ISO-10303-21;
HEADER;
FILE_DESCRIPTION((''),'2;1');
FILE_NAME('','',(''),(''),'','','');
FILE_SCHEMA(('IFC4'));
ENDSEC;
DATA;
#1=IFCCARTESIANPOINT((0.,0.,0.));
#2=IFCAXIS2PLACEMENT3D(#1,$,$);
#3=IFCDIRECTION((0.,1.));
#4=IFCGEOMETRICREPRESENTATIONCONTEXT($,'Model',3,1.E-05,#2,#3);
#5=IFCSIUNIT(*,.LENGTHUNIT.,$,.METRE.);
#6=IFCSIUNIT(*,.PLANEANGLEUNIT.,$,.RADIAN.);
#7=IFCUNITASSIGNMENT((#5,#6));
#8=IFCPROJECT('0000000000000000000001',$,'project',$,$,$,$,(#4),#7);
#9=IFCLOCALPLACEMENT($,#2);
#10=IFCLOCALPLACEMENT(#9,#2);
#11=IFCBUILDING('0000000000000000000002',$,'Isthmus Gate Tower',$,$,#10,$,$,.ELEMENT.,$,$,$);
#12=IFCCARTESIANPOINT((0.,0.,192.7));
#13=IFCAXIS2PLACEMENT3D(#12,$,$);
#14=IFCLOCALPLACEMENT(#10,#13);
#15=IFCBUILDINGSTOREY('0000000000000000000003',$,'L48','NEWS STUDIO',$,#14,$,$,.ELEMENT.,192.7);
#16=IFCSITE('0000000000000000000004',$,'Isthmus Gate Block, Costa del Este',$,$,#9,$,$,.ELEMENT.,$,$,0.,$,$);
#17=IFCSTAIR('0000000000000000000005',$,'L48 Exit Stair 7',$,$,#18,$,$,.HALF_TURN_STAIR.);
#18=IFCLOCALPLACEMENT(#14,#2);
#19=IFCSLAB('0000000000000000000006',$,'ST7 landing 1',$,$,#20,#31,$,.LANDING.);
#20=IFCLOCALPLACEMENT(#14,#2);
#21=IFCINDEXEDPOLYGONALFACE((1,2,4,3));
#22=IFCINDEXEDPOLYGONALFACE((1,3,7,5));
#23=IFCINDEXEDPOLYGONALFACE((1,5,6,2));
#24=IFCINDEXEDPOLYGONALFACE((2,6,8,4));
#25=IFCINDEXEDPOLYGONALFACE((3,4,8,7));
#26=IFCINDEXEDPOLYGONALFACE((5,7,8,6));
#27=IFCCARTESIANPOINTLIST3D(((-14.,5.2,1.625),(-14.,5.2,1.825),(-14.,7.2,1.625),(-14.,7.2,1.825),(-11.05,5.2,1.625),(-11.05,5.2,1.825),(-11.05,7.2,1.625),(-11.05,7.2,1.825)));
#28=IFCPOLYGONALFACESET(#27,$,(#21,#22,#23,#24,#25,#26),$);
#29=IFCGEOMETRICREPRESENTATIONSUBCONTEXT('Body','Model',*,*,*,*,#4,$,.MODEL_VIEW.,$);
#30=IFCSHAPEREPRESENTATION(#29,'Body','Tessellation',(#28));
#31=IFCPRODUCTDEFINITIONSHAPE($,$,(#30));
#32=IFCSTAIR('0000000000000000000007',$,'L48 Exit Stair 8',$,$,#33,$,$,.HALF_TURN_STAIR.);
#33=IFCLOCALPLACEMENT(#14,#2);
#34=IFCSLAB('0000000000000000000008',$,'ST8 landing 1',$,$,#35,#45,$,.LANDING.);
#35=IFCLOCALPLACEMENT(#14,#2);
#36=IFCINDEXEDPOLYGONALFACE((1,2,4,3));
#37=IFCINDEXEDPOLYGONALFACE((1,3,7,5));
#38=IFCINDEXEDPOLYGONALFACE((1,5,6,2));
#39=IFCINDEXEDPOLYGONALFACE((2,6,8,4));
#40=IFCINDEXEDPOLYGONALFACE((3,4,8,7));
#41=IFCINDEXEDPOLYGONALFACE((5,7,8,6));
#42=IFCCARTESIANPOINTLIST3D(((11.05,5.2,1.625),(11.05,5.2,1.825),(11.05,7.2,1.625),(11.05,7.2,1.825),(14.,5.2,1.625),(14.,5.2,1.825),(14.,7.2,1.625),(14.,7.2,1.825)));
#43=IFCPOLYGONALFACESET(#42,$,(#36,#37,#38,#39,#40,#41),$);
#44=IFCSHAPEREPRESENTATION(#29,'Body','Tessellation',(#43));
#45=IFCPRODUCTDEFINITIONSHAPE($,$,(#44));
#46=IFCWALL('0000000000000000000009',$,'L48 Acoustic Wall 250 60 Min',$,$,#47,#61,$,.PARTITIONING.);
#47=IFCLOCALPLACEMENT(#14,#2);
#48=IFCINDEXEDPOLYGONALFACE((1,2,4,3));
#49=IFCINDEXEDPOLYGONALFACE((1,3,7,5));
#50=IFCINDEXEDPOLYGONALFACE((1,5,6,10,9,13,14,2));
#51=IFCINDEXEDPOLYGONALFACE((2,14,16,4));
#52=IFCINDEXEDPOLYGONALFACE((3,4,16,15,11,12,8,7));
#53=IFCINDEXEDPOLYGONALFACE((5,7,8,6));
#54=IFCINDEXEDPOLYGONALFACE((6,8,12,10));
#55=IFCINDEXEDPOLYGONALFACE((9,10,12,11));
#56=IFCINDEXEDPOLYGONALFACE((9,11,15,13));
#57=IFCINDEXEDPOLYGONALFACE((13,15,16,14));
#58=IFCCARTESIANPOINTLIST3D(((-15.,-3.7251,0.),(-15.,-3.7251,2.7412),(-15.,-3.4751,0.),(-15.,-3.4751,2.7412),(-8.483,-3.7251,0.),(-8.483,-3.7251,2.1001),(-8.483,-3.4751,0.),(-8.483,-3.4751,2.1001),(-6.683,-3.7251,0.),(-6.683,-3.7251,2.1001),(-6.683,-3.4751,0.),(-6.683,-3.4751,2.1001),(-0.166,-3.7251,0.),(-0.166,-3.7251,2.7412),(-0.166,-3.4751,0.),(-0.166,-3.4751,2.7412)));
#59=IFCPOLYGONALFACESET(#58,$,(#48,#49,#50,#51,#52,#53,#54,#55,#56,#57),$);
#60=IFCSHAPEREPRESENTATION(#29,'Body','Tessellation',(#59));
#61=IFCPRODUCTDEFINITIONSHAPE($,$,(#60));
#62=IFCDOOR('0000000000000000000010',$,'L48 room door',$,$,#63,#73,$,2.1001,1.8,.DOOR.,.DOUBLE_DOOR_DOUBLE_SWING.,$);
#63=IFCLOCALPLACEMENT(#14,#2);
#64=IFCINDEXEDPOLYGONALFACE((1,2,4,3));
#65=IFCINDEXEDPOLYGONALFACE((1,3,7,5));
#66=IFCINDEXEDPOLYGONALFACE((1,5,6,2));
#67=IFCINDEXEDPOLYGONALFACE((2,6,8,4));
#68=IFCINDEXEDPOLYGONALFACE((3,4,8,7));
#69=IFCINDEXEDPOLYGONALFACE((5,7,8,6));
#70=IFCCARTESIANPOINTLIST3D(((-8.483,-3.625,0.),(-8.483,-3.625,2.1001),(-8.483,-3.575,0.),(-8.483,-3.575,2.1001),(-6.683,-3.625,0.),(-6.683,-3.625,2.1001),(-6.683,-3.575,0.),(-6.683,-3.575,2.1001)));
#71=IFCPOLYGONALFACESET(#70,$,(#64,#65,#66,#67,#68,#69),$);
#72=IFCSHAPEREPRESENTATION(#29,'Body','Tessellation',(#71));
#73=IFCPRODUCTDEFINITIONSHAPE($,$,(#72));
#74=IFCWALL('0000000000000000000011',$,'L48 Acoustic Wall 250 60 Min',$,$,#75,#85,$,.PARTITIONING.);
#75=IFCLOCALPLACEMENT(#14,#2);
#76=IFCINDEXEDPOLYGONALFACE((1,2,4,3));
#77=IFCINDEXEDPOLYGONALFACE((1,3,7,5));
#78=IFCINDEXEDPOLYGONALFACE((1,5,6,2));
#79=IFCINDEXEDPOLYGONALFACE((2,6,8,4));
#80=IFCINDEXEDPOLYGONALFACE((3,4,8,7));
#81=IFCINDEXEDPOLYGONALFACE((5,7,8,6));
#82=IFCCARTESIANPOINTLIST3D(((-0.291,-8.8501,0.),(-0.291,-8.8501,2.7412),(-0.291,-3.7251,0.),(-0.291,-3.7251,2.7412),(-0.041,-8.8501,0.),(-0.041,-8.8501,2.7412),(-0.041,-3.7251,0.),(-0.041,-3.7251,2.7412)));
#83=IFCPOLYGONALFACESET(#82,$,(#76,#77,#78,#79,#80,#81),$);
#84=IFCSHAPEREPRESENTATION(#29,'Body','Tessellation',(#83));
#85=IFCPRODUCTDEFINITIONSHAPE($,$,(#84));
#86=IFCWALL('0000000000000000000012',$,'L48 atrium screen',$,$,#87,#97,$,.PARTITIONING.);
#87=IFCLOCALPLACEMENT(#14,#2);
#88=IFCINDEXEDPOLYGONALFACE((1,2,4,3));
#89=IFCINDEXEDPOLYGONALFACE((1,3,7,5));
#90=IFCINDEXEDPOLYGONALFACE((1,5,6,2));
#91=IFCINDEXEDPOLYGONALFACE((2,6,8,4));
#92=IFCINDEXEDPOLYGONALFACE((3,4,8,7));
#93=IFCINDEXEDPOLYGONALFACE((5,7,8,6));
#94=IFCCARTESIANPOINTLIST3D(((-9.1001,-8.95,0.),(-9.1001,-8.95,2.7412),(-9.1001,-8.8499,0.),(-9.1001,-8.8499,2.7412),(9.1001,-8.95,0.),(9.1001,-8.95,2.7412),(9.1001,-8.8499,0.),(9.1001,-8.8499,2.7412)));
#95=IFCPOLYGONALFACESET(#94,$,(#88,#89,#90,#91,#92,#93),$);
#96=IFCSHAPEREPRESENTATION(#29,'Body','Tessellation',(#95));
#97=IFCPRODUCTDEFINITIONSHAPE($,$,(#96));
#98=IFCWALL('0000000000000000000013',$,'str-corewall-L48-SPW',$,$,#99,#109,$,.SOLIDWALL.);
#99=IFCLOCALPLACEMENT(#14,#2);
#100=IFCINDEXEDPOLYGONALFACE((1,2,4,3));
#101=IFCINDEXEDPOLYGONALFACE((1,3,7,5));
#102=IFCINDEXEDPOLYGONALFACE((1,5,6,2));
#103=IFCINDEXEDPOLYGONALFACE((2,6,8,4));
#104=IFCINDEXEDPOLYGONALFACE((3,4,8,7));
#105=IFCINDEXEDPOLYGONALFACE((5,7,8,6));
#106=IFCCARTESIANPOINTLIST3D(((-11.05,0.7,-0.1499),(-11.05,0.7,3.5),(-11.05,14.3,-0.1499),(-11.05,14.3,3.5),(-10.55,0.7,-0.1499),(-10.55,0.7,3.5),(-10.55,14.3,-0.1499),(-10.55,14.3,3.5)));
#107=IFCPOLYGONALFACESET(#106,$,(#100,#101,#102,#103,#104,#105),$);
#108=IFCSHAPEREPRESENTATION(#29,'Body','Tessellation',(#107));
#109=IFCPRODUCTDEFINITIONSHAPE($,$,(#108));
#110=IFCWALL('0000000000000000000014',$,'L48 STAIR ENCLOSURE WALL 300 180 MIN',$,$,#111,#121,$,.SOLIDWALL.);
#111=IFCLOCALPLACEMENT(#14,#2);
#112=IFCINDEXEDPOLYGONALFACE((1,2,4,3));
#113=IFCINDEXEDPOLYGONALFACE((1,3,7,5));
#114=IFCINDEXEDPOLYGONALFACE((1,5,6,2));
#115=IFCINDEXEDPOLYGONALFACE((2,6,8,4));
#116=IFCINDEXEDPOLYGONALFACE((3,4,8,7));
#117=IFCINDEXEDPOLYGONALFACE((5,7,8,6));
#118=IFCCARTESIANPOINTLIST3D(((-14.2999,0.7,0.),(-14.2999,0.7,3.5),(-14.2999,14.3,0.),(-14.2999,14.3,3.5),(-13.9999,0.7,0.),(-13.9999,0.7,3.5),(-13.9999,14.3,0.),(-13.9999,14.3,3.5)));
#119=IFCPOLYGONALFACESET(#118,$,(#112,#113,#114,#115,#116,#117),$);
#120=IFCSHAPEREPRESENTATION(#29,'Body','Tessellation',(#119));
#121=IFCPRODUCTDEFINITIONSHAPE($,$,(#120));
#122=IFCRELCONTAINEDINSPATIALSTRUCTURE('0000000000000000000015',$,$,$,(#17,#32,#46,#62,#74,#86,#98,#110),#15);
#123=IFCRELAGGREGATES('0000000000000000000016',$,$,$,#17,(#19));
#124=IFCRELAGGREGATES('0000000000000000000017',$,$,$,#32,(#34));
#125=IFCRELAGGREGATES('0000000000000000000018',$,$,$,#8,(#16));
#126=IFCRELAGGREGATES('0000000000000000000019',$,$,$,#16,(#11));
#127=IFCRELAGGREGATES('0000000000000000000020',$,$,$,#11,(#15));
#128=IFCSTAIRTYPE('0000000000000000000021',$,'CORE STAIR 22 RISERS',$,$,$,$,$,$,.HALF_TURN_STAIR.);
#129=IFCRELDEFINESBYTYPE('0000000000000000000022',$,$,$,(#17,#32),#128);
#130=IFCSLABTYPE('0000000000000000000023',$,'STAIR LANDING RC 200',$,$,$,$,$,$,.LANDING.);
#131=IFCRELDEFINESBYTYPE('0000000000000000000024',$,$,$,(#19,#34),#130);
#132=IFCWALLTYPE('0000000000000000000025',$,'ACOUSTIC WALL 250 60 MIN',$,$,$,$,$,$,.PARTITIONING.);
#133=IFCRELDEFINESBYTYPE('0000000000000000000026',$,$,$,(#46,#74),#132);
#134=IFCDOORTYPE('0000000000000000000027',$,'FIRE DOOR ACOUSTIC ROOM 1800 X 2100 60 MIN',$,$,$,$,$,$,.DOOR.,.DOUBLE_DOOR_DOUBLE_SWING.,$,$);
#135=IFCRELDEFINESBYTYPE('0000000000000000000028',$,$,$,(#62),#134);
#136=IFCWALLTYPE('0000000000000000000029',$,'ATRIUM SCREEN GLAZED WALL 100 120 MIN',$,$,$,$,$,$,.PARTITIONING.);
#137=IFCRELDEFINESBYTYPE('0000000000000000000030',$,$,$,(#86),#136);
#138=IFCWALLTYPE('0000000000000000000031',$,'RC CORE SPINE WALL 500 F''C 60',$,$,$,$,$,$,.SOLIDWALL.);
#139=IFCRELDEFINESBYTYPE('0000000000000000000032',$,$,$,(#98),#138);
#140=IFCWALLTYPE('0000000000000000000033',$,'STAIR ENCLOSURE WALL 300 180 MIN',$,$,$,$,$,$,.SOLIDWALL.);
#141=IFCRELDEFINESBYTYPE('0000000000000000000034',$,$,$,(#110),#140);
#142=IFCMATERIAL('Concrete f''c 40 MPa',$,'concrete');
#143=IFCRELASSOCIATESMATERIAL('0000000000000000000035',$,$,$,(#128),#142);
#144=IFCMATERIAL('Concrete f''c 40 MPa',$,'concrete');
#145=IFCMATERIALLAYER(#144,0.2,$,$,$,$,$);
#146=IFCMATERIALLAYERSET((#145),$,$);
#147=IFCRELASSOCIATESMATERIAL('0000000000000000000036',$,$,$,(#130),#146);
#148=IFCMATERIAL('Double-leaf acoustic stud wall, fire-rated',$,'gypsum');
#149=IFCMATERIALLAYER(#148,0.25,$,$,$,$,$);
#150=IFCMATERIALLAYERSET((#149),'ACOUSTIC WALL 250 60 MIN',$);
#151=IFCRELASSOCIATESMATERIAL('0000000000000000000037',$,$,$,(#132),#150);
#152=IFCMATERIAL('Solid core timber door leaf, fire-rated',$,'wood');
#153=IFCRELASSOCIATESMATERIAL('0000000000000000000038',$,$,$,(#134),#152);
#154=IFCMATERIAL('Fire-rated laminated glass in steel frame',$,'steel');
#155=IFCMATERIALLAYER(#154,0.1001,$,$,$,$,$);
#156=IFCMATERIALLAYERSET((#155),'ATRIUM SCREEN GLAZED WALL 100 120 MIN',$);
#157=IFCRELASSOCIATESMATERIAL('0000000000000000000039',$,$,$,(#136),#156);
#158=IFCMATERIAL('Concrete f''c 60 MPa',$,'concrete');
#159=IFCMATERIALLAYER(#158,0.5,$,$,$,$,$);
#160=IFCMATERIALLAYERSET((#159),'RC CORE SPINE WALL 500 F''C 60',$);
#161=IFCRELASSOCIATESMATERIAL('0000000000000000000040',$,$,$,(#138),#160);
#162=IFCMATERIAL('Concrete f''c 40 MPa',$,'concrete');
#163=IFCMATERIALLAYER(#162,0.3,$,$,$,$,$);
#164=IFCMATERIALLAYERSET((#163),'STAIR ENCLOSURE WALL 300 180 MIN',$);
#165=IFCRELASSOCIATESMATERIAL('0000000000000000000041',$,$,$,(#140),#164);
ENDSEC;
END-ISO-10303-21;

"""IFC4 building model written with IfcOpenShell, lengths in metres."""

from ifc_helpers import new_model, si_unit, direction, frame, frame_2d, origin, place, context, subcontext, project, spatial, polyline, rectangle, outline, extrude, material, layer, layer_set, type_object, element, fill, aggregate, save


model = new_model("IFC4")

# Units and contexts
model_context = context("Model", 3, precision=1e-05, world=origin(), true_north=direction((0.0, 1.0)))
body_context = subcontext(model_context, "Body", "Model", "MODEL_VIEW")
ifc_project = project(units=[si_unit("LENGTHUNIT", "METRE"), si_unit("PLANEANGLEUNIT", "RADIAN")], contexts=[model_context])

# Site, building, storey
site_placement = place(None, origin())
site = spatial("IfcSite", under=ifc_project, at=site_placement, Name="Isthmus Gate Block, Costa del Este", CompositionType="ELEMENT", RefElevation=0.0)
building_placement = place(site_placement, origin())
building = spatial("IfcBuilding", under=site, at=building_placement, Name="Isthmus Gate Tower", CompositionType="ELEMENT")
storey_placement = place(building_placement, frame((0.0, 0.0, 192.7)))
storey = spatial("IfcBuildingStorey", under=building, at=storey_placement, Name="L48", Description="NEWS STUDIO", CompositionType="ELEMENT", Elevation=192.7)

# Stairs, slabs
ifc_material_1 = material(Name="Concrete f'c 40 MPa", Category="concrete")
stair_type = type_object("IfcStairType", Name="CORE STAIR 22 RISERS", PredefinedType="HALF_TURN_STAIR", material=ifc_material_1)
ifc_material_2 = material(Name="Concrete f'c 40 MPa", Category="concrete")
ifc_layer_1 = layer(ifc_material_2, 0.2)
ifc_layer_set_1 = layer_set([ifc_layer_1])
slab_type_1 = type_object("IfcSlabType", Name="STAIR LANDING RC 200", PredefinedType="LANDING", material=ifc_layer_set_1)
stair_1_placement = place(storey_placement, origin())
stair_1 = element("IfcStair", 1, at=stair_1_placement, inside=storey, type_object=stair_type, Name="L48 Exit Stair 7", PredefinedType="HALF_TURN_STAIR")
slab_1_placement = place(storey_placement, frame((0.0, 0.0, 1.625)))
slab_1 = element("IfcSlab", 2, at=slab_1_placement, type_object=slab_type_1, Name="ST7 landing 1", PredefinedType="LANDING", context=body_context, shape_type="SweptSolid", body=[
    extrude(outline(polyline([(-11.05, 5.2), (-11.05, 7.2), (-14.0, 7.2), (-14.0, 5.2), (-11.05, 5.2)])), origin(), (0.0, 0.0, 1.0), 0.2),
])
aggregate(stair_1, [slab_1])
stair_2_placement = place(storey_placement, origin())
stair_2 = element("IfcStair", 3, at=stair_2_placement, inside=storey, type_object=stair_type, Name="L48 Exit Stair 8", PredefinedType="HALF_TURN_STAIR")
slab_2_placement = place(storey_placement, frame((0.0, 0.0, 1.625)))
slab_2 = element("IfcSlab", 4, at=slab_2_placement, type_object=slab_type_1, Name="ST8 landing 1", PredefinedType="LANDING", context=body_context, shape_type="SweptSolid", body=[
    extrude(outline(polyline([(14.0, 5.2), (14.0, 7.2), (11.05, 7.2), (11.05, 5.2), (14.0, 5.2)])), origin(), (0.0, 0.0, 1.0), 0.2),
])
aggregate(stair_2, [slab_2])

# Wall, opening, door
ifc_material_3 = material(Name="Double-leaf acoustic stud wall, fire-rated", Category="gypsum")
ifc_layer_2 = layer(ifc_material_3, 0.25)
ifc_layer_set_2 = layer_set([ifc_layer_2], Name="ACOUSTIC WALL 250 60 MIN")
wall_type_1 = type_object("IfcWallType", Name="ACOUSTIC WALL 250 60 MIN", PredefinedType="PARTITIONING", material=ifc_layer_set_2)
wall_1_placement = place(storey_placement, frame((-0.166, -3.6001, 0.0), z_axis=(0.0, 0.0, 1.0), x_axis=(-1.0, 0.0, 0.0)))
wall_1 = element("IfcWall", 5, at=wall_1_placement, inside=storey, type_object=wall_type_1, Name="L48 Acoustic Wall 250 60 Min", PredefinedType="PARTITIONING", context=body_context, shape_type="SweptSolid", body=[
    extrude(rectangle(XDim=14.834, YDim=0.25, at=frame_2d((7.417, 0.0))), origin(), (0.0, 0.0, 1.0), 2.7412),
])
opening_placement = place(wall_1_placement, frame((6.5171, 0.0, 0.0)))
opening = element("IfcOpeningElement", 6, at=opening_placement, cuts=wall_1, PredefinedType="OPENING", context=body_context, shape_type="SweptSolid", body=[
    extrude(rectangle(XDim=1.8, YDim=2.1001, at=frame_2d((0.8999, 1.05))), frame((0.0, 0.135, 0.0), z_axis=(0.0, -1.0, 0.0), x_axis=(1.0, 0.0, 0.0)), (0.0, 0.0, 1.0), 0.27),
])
ifc_material_4 = material(Name="Solid core timber door leaf, fire-rated", Category="wood")
door_type = type_object("IfcDoorType", Name="FIRE DOOR ACOUSTIC ROOM 1800 X 2100 60 MIN", OperationType="DOUBLE_DOOR_DOUBLE_SWING", PredefinedType="DOOR", material=ifc_material_4)
door_placement = place(opening_placement, origin())
door = element("IfcDoor", 7, at=door_placement, inside=storey, type_object=door_type, Name="L48 room door", OperationType="DOUBLE_DOOR_DOUBLE_SWING", OverallHeight=2.1001, OverallWidth=1.8, PredefinedType="DOOR", context=body_context, shape_type="SweptSolid", body=[
    extrude(rectangle(XDim=1.8, YDim=2.1001, at=frame_2d((0.8999, 1.05))), frame((0.0, 0.0249, 0.0), z_axis=(0.0, -1.0, 0.0), x_axis=(1.0, 0.0, 0.0)), (0.0, 0.0, 1.0), 0.05),
])
fill(opening, door)

# Walls
wall_2_placement = place(storey_placement, frame((-0.166, -8.8501, 0.0), z_axis=(0.0, 0.0, 1.0), x_axis=(0.0, 1.0, 0.0)))
element("IfcWall", 8, at=wall_2_placement, inside=storey, type_object=wall_type_1, Name="L48 Acoustic Wall 250 60 Min", PredefinedType="PARTITIONING", context=body_context, shape_type="SweptSolid", body=[
    extrude(rectangle(XDim=5.125, YDim=0.25, at=frame_2d((2.5625, 0.0))), origin(), (0.0, 0.0, 1.0), 2.7412),
])
ifc_material_5 = material(Name="Fire-rated laminated glass in steel frame", Category="steel")
ifc_layer_3 = layer(ifc_material_5, 0.1001)
ifc_layer_set_3 = layer_set([ifc_layer_3], Name="ATRIUM SCREEN GLAZED WALL 100 120 MIN")
wall_type_2 = type_object("IfcWallType", Name="ATRIUM SCREEN GLAZED WALL 100 120 MIN", PredefinedType="PARTITIONING", material=ifc_layer_set_3)
wall_3_placement = place(storey_placement, frame((-9.1001, -8.8999, 0.0), z_axis=(0.0, 0.0, 1.0), x_axis=(1.0, 0.0, 0.0)))
element("IfcWall", 9, at=wall_3_placement, inside=storey, type_object=wall_type_2, Name="L48 atrium screen", PredefinedType="PARTITIONING", context=body_context, shape_type="SweptSolid", body=[
    extrude(rectangle(XDim=18.2002, YDim=0.1001, at=frame_2d((9.1001, 0.0))), origin(), (0.0, 0.0, 1.0), 2.7412),
])
ifc_material_6 = material(Name="Concrete f'c 60 MPa", Category="concrete")
ifc_layer_4 = layer(ifc_material_6, 0.5)
ifc_layer_set_4 = layer_set([ifc_layer_4], Name="RC CORE SPINE WALL 500 F'C 60")
wall_type_3 = type_object("IfcWallType", Name="RC CORE SPINE WALL 500 F'C 60", PredefinedType="SOLIDWALL", material=ifc_layer_set_4)
wall_4_placement = place(storey_placement, frame((-10.8, 0.7, -0.1499), z_axis=(0.0, 0.0, 1.0), x_axis=(0.0, 1.0, 0.0)))
element("IfcWall", 10, at=wall_4_placement, inside=storey, type_object=wall_type_3, Name="str-corewall-L48-SPW", PredefinedType="SOLIDWALL", context=body_context, shape_type="SweptSolid", body=[
    extrude(rectangle(XDim=13.6001, YDim=0.5, at=frame_2d((6.8, 0.0))), origin(), (0.0, 0.0, 1.0), 3.6499),
])
ifc_material_7 = material(Name="Concrete f'c 40 MPa", Category="concrete")
ifc_layer_5 = layer(ifc_material_7, 0.3)
ifc_layer_set_5 = layer_set([ifc_layer_5], Name="STAIR ENCLOSURE WALL 300 180 MIN")
wall_type_4 = type_object("IfcWallType", Name="STAIR ENCLOSURE WALL 300 180 MIN", PredefinedType="SOLIDWALL", material=ifc_layer_set_5)
wall_5_placement = place(storey_placement, frame((-14.1499, 0.7, 0.0), z_axis=(0.0, 0.0, 1.0), x_axis=(0.0, 1.0, 0.0)))
element("IfcWall", 11, at=wall_5_placement, inside=storey, type_object=wall_type_4, Name="L48 STAIR ENCLOSURE WALL 300 180 MIN", PredefinedType="SOLIDWALL", context=body_context, shape_type="SweptSolid", body=[
    extrude(rectangle(XDim=13.6001, YDim=0.3, at=frame_2d((6.8, 0.0))), origin(), (0.0, 0.0, 1.0), 3.5),
])

save(model, "model.ifc")
